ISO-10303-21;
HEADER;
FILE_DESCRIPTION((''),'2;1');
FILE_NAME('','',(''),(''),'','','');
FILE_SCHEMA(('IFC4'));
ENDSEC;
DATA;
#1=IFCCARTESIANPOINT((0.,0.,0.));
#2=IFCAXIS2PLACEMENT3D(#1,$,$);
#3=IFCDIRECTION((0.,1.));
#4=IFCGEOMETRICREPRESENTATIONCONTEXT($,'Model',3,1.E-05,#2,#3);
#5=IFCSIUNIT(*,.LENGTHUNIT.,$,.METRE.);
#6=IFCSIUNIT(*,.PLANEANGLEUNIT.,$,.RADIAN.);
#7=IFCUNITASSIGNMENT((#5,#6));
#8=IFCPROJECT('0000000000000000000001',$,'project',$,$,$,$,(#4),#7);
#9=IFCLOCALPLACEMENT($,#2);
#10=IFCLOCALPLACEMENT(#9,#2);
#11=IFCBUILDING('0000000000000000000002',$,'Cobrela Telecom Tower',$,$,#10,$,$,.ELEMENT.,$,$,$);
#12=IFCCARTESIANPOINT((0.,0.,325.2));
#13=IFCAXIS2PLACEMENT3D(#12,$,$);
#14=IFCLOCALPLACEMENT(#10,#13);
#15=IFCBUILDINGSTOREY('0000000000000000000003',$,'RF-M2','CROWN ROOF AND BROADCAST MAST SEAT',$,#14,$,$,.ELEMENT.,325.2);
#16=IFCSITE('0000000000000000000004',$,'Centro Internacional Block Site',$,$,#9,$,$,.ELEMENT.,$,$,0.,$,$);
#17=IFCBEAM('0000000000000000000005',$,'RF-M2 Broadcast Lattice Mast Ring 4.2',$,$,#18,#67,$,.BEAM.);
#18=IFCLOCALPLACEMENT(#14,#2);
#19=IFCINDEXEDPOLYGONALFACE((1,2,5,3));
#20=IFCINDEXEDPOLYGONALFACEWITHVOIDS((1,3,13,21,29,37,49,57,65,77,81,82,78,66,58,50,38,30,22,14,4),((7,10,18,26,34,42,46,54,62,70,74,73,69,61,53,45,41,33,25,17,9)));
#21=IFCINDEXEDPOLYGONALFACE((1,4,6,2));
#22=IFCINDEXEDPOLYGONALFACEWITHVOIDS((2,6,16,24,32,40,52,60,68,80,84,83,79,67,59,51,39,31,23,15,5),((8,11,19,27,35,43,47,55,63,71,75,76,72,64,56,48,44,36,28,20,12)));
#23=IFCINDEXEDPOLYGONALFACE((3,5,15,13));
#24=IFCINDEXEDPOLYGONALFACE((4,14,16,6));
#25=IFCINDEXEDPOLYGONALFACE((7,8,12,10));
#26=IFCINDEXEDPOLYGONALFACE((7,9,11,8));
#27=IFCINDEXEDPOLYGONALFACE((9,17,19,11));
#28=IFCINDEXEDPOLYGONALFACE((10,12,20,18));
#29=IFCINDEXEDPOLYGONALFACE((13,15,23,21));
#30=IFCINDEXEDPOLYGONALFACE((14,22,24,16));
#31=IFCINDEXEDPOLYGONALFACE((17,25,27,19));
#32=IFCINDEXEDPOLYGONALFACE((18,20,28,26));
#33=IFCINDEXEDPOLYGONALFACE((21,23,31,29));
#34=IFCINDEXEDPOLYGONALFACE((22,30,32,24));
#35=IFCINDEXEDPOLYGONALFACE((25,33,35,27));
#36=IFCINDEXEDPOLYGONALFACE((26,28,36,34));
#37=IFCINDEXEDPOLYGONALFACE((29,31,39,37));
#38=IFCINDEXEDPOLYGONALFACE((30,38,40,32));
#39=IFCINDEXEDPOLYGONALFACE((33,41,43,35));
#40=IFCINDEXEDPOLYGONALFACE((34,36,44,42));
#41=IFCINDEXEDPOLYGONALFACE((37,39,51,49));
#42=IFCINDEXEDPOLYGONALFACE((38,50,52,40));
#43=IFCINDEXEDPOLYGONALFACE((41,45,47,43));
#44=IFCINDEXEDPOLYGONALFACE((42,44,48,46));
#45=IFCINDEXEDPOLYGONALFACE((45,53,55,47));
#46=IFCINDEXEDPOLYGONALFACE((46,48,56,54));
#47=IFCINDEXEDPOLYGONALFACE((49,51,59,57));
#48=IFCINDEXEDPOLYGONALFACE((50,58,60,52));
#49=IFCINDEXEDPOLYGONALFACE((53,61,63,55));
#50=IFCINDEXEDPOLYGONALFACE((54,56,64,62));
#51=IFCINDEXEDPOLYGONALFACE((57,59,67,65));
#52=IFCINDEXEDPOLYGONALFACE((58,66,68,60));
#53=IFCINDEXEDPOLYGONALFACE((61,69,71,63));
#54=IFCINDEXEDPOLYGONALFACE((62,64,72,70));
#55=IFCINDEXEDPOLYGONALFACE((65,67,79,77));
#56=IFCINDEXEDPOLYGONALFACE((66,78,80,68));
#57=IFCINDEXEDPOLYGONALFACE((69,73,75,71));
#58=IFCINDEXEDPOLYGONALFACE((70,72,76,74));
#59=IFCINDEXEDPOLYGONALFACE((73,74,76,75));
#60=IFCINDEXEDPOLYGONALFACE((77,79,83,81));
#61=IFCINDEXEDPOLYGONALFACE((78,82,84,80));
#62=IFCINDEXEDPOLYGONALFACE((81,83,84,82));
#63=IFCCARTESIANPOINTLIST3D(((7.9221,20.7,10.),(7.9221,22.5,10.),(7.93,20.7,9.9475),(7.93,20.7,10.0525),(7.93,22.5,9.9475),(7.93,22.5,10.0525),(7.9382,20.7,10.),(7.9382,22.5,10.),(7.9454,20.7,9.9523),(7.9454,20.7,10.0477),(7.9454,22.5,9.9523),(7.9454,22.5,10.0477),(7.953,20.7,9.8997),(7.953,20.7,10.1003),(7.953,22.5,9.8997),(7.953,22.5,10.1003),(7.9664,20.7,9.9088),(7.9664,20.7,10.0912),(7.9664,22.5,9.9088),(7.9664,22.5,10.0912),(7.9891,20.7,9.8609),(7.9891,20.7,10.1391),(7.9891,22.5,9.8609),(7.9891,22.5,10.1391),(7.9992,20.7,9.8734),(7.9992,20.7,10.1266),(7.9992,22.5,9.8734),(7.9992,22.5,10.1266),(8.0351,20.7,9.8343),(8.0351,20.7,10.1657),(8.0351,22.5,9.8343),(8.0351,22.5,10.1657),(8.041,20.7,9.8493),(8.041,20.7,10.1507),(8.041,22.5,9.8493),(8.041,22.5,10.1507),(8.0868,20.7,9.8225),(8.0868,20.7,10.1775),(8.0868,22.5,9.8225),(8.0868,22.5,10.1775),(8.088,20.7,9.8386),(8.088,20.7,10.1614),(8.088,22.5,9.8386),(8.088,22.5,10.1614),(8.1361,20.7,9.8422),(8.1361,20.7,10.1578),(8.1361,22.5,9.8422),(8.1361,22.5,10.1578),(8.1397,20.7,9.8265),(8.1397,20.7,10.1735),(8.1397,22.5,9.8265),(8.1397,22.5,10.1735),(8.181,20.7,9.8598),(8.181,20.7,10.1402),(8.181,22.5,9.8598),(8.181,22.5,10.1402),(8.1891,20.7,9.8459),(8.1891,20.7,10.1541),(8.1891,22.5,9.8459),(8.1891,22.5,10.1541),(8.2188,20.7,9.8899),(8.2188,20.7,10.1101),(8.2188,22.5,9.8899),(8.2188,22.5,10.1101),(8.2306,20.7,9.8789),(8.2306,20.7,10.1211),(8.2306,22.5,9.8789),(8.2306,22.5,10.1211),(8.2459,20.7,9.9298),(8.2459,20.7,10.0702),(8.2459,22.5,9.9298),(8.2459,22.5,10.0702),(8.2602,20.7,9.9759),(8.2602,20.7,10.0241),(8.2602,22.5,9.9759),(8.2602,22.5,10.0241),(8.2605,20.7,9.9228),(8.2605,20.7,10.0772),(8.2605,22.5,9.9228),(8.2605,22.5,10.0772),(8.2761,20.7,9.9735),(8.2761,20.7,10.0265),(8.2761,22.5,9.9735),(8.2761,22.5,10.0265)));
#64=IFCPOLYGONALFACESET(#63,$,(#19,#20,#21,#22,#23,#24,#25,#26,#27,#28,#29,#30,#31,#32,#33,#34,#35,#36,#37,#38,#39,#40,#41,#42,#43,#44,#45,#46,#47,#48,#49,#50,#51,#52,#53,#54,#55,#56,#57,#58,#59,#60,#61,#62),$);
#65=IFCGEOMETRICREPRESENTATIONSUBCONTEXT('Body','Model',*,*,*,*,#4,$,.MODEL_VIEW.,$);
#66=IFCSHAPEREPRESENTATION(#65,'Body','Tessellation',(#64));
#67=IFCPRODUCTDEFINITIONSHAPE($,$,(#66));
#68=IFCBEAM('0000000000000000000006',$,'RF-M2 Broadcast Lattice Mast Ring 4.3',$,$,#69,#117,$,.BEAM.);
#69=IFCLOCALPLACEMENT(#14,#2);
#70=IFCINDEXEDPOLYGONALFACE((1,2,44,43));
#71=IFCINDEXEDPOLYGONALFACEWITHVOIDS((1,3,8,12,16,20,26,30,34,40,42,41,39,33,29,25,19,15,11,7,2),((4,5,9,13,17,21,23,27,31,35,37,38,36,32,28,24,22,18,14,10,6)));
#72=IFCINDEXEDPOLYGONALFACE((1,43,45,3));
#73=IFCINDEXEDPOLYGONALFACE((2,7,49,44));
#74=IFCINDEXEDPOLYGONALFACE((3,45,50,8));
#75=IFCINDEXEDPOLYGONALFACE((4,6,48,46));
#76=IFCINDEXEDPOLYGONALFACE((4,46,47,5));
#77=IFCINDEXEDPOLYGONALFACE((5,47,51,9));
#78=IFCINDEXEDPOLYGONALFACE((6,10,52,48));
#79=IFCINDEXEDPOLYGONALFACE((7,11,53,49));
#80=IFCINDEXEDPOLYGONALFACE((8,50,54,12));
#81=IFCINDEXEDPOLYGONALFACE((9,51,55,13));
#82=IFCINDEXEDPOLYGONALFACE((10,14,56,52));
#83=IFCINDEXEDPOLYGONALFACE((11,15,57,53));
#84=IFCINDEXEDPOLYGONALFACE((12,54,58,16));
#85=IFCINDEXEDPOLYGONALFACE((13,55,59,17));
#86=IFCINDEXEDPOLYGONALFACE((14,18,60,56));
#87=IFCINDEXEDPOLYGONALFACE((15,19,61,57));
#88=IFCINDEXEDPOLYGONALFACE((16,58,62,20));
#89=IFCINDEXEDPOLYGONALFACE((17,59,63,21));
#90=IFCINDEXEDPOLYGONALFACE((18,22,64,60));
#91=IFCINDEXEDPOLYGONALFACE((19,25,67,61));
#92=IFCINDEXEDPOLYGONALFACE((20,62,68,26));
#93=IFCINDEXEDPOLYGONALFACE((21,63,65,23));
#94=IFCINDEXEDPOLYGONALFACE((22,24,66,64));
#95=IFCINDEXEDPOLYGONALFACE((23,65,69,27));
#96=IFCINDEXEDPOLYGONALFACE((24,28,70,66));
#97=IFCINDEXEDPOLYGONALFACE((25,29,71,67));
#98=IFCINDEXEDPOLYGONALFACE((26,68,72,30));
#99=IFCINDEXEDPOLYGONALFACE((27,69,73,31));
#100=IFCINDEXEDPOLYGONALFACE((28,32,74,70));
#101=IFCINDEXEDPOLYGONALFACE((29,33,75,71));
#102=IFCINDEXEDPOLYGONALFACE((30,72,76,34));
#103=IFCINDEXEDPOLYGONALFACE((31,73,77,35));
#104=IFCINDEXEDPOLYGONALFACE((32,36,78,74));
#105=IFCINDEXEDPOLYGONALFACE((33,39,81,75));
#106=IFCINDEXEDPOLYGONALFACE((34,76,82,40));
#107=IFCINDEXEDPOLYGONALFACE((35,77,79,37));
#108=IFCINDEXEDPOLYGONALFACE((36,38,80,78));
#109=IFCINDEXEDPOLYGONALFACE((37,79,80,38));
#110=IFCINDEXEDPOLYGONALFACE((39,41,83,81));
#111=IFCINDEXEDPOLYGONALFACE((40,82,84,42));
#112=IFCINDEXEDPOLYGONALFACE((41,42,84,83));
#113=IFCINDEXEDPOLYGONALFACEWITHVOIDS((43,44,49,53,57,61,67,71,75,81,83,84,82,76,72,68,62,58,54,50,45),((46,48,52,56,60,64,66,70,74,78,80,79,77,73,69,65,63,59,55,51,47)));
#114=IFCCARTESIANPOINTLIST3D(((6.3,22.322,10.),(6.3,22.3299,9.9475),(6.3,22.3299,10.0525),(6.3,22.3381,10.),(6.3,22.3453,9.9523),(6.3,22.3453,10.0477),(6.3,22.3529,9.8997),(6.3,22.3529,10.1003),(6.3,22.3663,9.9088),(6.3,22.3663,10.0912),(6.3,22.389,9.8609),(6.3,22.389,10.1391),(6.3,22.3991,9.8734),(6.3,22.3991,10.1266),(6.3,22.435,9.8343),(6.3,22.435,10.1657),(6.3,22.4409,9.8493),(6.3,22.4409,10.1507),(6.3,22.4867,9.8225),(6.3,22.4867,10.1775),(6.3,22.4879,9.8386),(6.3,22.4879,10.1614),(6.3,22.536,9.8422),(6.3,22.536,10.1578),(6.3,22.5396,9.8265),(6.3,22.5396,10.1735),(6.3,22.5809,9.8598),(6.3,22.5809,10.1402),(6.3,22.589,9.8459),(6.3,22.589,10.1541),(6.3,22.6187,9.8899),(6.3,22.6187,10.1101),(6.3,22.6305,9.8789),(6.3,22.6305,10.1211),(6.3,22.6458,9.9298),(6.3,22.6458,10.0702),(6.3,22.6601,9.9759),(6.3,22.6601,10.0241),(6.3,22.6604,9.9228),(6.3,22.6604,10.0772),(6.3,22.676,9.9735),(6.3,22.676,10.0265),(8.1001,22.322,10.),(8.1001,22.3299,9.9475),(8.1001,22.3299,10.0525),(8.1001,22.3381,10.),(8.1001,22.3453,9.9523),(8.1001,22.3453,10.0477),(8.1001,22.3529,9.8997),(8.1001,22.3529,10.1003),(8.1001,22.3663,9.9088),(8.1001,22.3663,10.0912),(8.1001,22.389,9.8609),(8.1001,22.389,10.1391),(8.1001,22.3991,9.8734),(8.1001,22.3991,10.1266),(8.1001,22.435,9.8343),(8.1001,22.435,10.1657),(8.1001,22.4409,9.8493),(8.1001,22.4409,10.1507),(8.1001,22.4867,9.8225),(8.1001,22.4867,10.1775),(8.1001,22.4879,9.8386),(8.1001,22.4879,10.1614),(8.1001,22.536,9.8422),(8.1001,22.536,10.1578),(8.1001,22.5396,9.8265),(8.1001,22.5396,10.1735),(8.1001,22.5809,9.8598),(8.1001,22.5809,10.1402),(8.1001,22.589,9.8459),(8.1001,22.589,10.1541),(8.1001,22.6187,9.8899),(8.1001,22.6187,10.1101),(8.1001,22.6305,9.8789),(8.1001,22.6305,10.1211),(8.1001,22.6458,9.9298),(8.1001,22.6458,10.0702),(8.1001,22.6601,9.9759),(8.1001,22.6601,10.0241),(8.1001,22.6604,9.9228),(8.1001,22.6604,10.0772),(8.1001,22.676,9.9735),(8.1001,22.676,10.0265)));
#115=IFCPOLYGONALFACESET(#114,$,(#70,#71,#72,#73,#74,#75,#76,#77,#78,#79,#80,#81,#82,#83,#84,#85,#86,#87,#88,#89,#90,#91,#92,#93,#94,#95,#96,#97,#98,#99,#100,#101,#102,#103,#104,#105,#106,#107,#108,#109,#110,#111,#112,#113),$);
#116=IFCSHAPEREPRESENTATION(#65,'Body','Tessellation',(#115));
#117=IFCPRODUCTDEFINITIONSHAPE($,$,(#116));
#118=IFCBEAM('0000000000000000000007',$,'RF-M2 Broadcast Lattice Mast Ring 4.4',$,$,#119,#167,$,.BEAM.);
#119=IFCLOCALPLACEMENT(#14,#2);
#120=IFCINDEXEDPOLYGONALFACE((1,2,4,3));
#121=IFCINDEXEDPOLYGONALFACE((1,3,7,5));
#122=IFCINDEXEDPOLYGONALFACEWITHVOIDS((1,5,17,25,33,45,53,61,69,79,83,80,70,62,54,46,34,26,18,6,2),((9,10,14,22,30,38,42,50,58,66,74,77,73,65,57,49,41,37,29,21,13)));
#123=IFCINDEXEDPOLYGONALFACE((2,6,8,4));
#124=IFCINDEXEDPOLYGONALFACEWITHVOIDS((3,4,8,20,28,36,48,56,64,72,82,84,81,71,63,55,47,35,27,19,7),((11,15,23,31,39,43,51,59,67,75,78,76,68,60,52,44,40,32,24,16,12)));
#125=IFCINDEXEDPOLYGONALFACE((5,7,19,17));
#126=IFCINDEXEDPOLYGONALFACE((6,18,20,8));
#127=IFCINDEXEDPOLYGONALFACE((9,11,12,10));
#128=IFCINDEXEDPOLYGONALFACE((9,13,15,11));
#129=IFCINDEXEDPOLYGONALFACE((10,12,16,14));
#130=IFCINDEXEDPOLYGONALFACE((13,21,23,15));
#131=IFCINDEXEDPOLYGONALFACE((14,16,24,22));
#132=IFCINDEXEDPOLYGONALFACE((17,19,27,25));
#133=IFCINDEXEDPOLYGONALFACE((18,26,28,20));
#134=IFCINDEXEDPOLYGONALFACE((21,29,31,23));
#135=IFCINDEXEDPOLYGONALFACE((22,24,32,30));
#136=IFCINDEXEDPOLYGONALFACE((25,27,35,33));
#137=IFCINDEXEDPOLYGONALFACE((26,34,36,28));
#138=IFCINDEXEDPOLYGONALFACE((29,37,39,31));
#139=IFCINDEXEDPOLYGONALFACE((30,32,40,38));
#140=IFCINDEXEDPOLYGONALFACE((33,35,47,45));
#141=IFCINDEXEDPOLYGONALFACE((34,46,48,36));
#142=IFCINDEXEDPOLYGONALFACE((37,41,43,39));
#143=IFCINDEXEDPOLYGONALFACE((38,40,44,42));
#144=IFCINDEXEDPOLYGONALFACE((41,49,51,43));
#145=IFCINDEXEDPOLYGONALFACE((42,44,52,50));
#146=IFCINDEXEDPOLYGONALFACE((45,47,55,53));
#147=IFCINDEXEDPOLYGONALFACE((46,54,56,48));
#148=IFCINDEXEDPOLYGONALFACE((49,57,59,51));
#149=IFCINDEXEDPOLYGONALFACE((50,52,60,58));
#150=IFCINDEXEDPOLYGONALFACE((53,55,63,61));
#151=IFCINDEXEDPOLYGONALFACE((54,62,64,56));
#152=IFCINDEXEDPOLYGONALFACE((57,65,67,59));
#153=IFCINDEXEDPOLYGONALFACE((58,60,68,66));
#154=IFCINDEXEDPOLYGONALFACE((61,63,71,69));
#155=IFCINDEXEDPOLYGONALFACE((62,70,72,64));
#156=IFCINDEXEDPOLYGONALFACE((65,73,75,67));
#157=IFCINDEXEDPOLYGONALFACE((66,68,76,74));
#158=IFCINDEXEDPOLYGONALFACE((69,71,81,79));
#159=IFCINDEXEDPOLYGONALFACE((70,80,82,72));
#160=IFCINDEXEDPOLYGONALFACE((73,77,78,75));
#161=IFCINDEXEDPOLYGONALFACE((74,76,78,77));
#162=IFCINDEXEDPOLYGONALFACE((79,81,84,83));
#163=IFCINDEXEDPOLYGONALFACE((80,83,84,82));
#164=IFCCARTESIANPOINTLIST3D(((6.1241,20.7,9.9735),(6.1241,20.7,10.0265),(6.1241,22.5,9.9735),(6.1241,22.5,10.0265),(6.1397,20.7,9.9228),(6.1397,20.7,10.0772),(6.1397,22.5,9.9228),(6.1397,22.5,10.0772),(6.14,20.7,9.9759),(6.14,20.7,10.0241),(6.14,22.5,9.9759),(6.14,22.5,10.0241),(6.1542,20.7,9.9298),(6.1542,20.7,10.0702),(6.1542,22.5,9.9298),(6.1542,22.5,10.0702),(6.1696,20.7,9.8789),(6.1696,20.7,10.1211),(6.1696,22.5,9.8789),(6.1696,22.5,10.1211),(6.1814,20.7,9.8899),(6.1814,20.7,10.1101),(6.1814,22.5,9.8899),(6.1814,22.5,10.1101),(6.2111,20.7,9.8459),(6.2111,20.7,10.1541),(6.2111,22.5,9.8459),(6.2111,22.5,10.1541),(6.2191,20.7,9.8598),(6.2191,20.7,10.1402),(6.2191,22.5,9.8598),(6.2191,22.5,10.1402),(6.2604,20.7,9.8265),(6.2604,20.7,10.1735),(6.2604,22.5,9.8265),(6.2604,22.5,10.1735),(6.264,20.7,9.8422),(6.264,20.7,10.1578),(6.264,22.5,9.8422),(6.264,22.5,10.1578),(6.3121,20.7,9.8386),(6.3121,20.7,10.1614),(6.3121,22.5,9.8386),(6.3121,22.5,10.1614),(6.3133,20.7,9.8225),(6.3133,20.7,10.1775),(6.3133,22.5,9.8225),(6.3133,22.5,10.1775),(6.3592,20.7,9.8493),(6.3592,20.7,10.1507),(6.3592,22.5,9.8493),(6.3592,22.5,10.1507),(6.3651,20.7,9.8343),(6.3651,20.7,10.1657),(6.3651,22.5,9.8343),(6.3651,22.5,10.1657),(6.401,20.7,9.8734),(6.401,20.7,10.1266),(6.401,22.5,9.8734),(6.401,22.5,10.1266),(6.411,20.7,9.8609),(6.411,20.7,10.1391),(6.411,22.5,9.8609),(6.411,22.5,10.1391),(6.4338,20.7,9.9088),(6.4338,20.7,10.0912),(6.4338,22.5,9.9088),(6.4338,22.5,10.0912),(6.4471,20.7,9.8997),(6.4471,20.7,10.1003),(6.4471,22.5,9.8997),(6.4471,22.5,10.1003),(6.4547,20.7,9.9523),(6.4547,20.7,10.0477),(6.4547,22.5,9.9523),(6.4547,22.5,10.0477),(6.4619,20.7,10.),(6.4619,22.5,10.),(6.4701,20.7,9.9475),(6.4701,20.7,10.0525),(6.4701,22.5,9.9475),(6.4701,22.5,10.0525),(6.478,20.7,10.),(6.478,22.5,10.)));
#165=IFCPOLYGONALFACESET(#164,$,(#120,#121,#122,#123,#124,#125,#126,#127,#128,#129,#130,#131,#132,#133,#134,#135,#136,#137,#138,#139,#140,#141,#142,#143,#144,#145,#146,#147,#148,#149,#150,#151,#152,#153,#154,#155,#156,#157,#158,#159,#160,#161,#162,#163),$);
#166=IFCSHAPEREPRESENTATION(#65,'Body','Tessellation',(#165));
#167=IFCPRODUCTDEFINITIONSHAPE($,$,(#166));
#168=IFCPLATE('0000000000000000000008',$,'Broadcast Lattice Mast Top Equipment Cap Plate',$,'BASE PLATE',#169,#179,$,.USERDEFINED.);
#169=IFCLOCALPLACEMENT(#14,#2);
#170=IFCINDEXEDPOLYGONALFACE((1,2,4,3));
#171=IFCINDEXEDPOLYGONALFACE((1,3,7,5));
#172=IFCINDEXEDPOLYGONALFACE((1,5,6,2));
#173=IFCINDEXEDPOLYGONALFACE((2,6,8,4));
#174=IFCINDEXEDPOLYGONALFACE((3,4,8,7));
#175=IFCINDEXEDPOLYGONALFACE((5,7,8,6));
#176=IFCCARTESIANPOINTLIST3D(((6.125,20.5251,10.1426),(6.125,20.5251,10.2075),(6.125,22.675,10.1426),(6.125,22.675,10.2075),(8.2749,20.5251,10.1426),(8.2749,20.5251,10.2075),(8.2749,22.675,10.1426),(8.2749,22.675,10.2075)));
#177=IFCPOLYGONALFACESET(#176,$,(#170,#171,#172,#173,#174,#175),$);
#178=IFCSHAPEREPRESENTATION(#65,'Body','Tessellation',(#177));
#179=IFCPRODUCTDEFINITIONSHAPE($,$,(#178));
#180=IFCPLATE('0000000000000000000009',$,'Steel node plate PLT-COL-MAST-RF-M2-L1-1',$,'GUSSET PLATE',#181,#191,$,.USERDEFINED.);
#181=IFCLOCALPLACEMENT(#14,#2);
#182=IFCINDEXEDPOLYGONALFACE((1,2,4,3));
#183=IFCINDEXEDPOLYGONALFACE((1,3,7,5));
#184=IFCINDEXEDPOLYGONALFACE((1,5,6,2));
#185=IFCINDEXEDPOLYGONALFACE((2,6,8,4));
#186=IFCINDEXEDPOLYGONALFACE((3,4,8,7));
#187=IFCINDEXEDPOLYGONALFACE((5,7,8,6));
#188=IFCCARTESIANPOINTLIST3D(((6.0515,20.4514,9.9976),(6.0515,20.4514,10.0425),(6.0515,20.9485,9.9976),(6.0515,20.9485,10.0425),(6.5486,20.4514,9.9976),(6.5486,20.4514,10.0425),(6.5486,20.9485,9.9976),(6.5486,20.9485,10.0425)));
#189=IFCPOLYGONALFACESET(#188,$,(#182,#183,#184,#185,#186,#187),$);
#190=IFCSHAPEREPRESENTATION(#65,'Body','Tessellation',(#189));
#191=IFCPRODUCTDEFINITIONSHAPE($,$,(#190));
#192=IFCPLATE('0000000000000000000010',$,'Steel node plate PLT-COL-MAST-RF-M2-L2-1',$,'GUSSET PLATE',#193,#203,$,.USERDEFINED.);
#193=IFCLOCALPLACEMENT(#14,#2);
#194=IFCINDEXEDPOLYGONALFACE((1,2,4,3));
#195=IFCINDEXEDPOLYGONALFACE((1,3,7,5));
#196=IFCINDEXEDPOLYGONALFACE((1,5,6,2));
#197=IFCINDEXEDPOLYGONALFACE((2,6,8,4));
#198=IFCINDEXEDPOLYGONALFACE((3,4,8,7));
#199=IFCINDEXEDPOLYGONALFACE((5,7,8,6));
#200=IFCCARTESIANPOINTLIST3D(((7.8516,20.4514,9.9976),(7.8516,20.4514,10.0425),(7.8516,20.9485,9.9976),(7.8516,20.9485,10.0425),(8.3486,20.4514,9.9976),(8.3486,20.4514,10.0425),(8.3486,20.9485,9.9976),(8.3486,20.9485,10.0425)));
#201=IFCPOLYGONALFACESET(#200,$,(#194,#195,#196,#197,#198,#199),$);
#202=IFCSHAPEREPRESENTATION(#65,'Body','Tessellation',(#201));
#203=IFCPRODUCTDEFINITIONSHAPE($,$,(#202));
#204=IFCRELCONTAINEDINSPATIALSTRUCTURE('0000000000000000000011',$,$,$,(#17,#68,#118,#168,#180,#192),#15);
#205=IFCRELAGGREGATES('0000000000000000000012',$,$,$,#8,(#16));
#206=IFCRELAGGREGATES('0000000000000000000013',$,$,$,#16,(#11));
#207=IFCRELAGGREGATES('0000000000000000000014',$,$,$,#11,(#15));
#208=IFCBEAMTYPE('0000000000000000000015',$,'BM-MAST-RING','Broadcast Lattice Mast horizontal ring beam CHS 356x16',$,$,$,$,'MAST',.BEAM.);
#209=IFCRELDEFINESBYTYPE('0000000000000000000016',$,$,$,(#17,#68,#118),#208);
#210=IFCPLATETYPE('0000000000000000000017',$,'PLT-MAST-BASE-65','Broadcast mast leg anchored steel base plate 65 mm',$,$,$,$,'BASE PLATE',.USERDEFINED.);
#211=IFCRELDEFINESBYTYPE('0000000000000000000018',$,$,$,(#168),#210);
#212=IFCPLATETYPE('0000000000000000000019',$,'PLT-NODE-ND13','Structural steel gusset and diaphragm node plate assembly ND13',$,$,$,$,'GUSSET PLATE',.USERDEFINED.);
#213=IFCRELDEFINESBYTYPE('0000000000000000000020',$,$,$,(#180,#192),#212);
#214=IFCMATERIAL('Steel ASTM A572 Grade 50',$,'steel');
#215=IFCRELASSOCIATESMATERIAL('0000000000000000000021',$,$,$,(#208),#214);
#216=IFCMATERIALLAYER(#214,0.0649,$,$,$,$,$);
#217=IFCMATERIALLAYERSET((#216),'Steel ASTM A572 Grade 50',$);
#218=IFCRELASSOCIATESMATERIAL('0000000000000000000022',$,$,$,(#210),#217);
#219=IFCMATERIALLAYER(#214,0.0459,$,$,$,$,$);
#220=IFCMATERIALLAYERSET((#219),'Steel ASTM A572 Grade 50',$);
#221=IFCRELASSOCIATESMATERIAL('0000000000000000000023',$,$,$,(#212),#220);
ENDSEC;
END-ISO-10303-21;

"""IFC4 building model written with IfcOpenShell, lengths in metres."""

from ifc_helpers import new_model, si_unit, direction, frame, origin, origin_2d, place, context, subcontext, project, spatial, rectangle, hollow_circle, extrude, material, layer, layer_set, material_profile, profile_set, type_object, element, save


model = new_model("IFC4")

# Units and contexts
model_context = context("Model", 3, precision=1e-05, world=origin(), true_north=direction((0.0, 1.0)))
body_context = subcontext(model_context, "Body", "Model", "MODEL_VIEW")
ifc_project = project(units=[si_unit("LENGTHUNIT", "METRE"), si_unit("PLANEANGLEUNIT", "RADIAN")], contexts=[model_context])

# Site, building, storey
site_placement = place(None, origin())
site = spatial("IfcSite", under=ifc_project, at=site_placement, Name="Centro Internacional Block Site", CompositionType="ELEMENT", RefElevation=0.0)
building_placement = place(site_placement, origin())
building = spatial("IfcBuilding", under=site, at=building_placement, Name="Cobrela Telecom Tower", CompositionType="ELEMENT")
storey_placement = place(building_placement, frame((0.0, 0.0, 325.2)))
storey = spatial("IfcBuildingStorey", under=building, at=storey_placement, Name="RF-M2", Description="CROWN ROOF AND BROADCAST MAST SEAT", CompositionType="ELEMENT", Elevation=325.2)

# Beams
ifc_material = material(Name="Steel ASTM A572 Grade 50", Category="steel")
ifc_material_profile = material_profile(ifc_material, hollow_circle(Radius=0.178, WallThickness=0.0161, at=origin_2d()), Name="CHS 356x16")
ifc_profile_set = profile_set([ifc_material_profile], Name="Steel ASTM A572 Grade 50")
beam_type = type_object("IfcBeamType", Name="BM-MAST-RING", Description="Broadcast Lattice Mast horizontal ring beam CHS 356x16", ElementType="MAST", PredefinedType="BEAM", material=ifc_profile_set)
for number, where, z_axis, x_axis, name in (
    (1, (8.1001, 20.7, 10.0), (0.0, 1.0, 0.0), (-1.0, 0.0, 0.0), "RF-M2 Broadcast Lattice Mast Ring 4.2"),
    (2, (8.1001, 22.5, 10.0), (-1.0, 0.0, 0.0), (0.0, -1.0, 0.0), "RF-M2 Broadcast Lattice Mast Ring 4.3"),
    (3, (6.3, 22.5, 10.0), (0.0, -1.0, 0.0), (1.0, 0.0, 0.0), "RF-M2 Broadcast Lattice Mast Ring 4.4"),
):
    element("IfcBeam", number, at=place(storey_placement, frame(where, z_axis=z_axis, x_axis=x_axis)), inside=storey, type_object=beam_type, Name=name, PredefinedType="BEAM", context=body_context, shape_type="SweptSolid", body=[
        extrude(hollow_circle(Radius=0.178, WallThickness=0.0161, at=origin_2d()), origin(), (0.0, 0.0, 1.0), 1.8),
    ])

# Plates
ifc_layer_1 = layer(ifc_material, 0.0649)
ifc_layer_set_1 = layer_set([ifc_layer_1], Name="Steel ASTM A572 Grade 50")
plate_type_1 = type_object("IfcPlateType", Name="PLT-MAST-BASE-65", Description="Broadcast mast leg anchored steel base plate 65 mm", ElementType="BASE PLATE", PredefinedType="USERDEFINED", material=ifc_layer_set_1)
plate_placement = place(storey_placement, frame((7.2, 21.6001, 10.1426), z_axis=(0.0, 0.0, 1.0), x_axis=(1.0, 0.0, 0.0)))
element("IfcPlate", 4, at=plate_placement, inside=storey, type_object=plate_type_1, Name="Broadcast Lattice Mast Top Equipment Cap Plate", ObjectType="BASE PLATE", PredefinedType="USERDEFINED", context=body_context, shape_type="SweptSolid", body=[
    extrude(rectangle(XDim=2.1499, YDim=2.1499, at=origin_2d()), origin(), (0.0, 0.0, 1.0), 0.0649),
])
ifc_layer_2 = layer(ifc_material, 0.0459)
ifc_layer_set_2 = layer_set([ifc_layer_2], Name="Steel ASTM A572 Grade 50")
plate_type_2 = type_object("IfcPlateType", Name="PLT-NODE-ND13", Description="Structural steel gusset and diaphragm node plate assembly ND13", ElementType="GUSSET PLATE", PredefinedType="USERDEFINED", material=ifc_layer_set_2)
for number, where, z_axis, x_axis, name in (
    (5, (6.3, 20.7, 9.9976), (0.0, 0.0, 1.0), (1.0, 0.0, 0.0), "Steel node plate PLT-COL-MAST-RF-M2-L1-1"),
    (6, (8.1001, 20.7, 9.9976), (0.0, 0.0, 1.0), (1.0, 0.0, 0.0), "Steel node plate PLT-COL-MAST-RF-M2-L2-1"),
):
    element("IfcPlate", number, at=place(storey_placement, frame(where, z_axis=z_axis, x_axis=x_axis)), inside=storey, type_object=plate_type_2, Name=name, ObjectType="GUSSET PLATE", PredefinedType="USERDEFINED", context=body_context, shape_type="SweptSolid", body=[
        extrude(rectangle(XDim=0.4971, YDim=0.4971, at=origin_2d()), origin(), (0.0, 0.0, 1.0), 0.0449),
    ])

save(model, "model.ifc")
